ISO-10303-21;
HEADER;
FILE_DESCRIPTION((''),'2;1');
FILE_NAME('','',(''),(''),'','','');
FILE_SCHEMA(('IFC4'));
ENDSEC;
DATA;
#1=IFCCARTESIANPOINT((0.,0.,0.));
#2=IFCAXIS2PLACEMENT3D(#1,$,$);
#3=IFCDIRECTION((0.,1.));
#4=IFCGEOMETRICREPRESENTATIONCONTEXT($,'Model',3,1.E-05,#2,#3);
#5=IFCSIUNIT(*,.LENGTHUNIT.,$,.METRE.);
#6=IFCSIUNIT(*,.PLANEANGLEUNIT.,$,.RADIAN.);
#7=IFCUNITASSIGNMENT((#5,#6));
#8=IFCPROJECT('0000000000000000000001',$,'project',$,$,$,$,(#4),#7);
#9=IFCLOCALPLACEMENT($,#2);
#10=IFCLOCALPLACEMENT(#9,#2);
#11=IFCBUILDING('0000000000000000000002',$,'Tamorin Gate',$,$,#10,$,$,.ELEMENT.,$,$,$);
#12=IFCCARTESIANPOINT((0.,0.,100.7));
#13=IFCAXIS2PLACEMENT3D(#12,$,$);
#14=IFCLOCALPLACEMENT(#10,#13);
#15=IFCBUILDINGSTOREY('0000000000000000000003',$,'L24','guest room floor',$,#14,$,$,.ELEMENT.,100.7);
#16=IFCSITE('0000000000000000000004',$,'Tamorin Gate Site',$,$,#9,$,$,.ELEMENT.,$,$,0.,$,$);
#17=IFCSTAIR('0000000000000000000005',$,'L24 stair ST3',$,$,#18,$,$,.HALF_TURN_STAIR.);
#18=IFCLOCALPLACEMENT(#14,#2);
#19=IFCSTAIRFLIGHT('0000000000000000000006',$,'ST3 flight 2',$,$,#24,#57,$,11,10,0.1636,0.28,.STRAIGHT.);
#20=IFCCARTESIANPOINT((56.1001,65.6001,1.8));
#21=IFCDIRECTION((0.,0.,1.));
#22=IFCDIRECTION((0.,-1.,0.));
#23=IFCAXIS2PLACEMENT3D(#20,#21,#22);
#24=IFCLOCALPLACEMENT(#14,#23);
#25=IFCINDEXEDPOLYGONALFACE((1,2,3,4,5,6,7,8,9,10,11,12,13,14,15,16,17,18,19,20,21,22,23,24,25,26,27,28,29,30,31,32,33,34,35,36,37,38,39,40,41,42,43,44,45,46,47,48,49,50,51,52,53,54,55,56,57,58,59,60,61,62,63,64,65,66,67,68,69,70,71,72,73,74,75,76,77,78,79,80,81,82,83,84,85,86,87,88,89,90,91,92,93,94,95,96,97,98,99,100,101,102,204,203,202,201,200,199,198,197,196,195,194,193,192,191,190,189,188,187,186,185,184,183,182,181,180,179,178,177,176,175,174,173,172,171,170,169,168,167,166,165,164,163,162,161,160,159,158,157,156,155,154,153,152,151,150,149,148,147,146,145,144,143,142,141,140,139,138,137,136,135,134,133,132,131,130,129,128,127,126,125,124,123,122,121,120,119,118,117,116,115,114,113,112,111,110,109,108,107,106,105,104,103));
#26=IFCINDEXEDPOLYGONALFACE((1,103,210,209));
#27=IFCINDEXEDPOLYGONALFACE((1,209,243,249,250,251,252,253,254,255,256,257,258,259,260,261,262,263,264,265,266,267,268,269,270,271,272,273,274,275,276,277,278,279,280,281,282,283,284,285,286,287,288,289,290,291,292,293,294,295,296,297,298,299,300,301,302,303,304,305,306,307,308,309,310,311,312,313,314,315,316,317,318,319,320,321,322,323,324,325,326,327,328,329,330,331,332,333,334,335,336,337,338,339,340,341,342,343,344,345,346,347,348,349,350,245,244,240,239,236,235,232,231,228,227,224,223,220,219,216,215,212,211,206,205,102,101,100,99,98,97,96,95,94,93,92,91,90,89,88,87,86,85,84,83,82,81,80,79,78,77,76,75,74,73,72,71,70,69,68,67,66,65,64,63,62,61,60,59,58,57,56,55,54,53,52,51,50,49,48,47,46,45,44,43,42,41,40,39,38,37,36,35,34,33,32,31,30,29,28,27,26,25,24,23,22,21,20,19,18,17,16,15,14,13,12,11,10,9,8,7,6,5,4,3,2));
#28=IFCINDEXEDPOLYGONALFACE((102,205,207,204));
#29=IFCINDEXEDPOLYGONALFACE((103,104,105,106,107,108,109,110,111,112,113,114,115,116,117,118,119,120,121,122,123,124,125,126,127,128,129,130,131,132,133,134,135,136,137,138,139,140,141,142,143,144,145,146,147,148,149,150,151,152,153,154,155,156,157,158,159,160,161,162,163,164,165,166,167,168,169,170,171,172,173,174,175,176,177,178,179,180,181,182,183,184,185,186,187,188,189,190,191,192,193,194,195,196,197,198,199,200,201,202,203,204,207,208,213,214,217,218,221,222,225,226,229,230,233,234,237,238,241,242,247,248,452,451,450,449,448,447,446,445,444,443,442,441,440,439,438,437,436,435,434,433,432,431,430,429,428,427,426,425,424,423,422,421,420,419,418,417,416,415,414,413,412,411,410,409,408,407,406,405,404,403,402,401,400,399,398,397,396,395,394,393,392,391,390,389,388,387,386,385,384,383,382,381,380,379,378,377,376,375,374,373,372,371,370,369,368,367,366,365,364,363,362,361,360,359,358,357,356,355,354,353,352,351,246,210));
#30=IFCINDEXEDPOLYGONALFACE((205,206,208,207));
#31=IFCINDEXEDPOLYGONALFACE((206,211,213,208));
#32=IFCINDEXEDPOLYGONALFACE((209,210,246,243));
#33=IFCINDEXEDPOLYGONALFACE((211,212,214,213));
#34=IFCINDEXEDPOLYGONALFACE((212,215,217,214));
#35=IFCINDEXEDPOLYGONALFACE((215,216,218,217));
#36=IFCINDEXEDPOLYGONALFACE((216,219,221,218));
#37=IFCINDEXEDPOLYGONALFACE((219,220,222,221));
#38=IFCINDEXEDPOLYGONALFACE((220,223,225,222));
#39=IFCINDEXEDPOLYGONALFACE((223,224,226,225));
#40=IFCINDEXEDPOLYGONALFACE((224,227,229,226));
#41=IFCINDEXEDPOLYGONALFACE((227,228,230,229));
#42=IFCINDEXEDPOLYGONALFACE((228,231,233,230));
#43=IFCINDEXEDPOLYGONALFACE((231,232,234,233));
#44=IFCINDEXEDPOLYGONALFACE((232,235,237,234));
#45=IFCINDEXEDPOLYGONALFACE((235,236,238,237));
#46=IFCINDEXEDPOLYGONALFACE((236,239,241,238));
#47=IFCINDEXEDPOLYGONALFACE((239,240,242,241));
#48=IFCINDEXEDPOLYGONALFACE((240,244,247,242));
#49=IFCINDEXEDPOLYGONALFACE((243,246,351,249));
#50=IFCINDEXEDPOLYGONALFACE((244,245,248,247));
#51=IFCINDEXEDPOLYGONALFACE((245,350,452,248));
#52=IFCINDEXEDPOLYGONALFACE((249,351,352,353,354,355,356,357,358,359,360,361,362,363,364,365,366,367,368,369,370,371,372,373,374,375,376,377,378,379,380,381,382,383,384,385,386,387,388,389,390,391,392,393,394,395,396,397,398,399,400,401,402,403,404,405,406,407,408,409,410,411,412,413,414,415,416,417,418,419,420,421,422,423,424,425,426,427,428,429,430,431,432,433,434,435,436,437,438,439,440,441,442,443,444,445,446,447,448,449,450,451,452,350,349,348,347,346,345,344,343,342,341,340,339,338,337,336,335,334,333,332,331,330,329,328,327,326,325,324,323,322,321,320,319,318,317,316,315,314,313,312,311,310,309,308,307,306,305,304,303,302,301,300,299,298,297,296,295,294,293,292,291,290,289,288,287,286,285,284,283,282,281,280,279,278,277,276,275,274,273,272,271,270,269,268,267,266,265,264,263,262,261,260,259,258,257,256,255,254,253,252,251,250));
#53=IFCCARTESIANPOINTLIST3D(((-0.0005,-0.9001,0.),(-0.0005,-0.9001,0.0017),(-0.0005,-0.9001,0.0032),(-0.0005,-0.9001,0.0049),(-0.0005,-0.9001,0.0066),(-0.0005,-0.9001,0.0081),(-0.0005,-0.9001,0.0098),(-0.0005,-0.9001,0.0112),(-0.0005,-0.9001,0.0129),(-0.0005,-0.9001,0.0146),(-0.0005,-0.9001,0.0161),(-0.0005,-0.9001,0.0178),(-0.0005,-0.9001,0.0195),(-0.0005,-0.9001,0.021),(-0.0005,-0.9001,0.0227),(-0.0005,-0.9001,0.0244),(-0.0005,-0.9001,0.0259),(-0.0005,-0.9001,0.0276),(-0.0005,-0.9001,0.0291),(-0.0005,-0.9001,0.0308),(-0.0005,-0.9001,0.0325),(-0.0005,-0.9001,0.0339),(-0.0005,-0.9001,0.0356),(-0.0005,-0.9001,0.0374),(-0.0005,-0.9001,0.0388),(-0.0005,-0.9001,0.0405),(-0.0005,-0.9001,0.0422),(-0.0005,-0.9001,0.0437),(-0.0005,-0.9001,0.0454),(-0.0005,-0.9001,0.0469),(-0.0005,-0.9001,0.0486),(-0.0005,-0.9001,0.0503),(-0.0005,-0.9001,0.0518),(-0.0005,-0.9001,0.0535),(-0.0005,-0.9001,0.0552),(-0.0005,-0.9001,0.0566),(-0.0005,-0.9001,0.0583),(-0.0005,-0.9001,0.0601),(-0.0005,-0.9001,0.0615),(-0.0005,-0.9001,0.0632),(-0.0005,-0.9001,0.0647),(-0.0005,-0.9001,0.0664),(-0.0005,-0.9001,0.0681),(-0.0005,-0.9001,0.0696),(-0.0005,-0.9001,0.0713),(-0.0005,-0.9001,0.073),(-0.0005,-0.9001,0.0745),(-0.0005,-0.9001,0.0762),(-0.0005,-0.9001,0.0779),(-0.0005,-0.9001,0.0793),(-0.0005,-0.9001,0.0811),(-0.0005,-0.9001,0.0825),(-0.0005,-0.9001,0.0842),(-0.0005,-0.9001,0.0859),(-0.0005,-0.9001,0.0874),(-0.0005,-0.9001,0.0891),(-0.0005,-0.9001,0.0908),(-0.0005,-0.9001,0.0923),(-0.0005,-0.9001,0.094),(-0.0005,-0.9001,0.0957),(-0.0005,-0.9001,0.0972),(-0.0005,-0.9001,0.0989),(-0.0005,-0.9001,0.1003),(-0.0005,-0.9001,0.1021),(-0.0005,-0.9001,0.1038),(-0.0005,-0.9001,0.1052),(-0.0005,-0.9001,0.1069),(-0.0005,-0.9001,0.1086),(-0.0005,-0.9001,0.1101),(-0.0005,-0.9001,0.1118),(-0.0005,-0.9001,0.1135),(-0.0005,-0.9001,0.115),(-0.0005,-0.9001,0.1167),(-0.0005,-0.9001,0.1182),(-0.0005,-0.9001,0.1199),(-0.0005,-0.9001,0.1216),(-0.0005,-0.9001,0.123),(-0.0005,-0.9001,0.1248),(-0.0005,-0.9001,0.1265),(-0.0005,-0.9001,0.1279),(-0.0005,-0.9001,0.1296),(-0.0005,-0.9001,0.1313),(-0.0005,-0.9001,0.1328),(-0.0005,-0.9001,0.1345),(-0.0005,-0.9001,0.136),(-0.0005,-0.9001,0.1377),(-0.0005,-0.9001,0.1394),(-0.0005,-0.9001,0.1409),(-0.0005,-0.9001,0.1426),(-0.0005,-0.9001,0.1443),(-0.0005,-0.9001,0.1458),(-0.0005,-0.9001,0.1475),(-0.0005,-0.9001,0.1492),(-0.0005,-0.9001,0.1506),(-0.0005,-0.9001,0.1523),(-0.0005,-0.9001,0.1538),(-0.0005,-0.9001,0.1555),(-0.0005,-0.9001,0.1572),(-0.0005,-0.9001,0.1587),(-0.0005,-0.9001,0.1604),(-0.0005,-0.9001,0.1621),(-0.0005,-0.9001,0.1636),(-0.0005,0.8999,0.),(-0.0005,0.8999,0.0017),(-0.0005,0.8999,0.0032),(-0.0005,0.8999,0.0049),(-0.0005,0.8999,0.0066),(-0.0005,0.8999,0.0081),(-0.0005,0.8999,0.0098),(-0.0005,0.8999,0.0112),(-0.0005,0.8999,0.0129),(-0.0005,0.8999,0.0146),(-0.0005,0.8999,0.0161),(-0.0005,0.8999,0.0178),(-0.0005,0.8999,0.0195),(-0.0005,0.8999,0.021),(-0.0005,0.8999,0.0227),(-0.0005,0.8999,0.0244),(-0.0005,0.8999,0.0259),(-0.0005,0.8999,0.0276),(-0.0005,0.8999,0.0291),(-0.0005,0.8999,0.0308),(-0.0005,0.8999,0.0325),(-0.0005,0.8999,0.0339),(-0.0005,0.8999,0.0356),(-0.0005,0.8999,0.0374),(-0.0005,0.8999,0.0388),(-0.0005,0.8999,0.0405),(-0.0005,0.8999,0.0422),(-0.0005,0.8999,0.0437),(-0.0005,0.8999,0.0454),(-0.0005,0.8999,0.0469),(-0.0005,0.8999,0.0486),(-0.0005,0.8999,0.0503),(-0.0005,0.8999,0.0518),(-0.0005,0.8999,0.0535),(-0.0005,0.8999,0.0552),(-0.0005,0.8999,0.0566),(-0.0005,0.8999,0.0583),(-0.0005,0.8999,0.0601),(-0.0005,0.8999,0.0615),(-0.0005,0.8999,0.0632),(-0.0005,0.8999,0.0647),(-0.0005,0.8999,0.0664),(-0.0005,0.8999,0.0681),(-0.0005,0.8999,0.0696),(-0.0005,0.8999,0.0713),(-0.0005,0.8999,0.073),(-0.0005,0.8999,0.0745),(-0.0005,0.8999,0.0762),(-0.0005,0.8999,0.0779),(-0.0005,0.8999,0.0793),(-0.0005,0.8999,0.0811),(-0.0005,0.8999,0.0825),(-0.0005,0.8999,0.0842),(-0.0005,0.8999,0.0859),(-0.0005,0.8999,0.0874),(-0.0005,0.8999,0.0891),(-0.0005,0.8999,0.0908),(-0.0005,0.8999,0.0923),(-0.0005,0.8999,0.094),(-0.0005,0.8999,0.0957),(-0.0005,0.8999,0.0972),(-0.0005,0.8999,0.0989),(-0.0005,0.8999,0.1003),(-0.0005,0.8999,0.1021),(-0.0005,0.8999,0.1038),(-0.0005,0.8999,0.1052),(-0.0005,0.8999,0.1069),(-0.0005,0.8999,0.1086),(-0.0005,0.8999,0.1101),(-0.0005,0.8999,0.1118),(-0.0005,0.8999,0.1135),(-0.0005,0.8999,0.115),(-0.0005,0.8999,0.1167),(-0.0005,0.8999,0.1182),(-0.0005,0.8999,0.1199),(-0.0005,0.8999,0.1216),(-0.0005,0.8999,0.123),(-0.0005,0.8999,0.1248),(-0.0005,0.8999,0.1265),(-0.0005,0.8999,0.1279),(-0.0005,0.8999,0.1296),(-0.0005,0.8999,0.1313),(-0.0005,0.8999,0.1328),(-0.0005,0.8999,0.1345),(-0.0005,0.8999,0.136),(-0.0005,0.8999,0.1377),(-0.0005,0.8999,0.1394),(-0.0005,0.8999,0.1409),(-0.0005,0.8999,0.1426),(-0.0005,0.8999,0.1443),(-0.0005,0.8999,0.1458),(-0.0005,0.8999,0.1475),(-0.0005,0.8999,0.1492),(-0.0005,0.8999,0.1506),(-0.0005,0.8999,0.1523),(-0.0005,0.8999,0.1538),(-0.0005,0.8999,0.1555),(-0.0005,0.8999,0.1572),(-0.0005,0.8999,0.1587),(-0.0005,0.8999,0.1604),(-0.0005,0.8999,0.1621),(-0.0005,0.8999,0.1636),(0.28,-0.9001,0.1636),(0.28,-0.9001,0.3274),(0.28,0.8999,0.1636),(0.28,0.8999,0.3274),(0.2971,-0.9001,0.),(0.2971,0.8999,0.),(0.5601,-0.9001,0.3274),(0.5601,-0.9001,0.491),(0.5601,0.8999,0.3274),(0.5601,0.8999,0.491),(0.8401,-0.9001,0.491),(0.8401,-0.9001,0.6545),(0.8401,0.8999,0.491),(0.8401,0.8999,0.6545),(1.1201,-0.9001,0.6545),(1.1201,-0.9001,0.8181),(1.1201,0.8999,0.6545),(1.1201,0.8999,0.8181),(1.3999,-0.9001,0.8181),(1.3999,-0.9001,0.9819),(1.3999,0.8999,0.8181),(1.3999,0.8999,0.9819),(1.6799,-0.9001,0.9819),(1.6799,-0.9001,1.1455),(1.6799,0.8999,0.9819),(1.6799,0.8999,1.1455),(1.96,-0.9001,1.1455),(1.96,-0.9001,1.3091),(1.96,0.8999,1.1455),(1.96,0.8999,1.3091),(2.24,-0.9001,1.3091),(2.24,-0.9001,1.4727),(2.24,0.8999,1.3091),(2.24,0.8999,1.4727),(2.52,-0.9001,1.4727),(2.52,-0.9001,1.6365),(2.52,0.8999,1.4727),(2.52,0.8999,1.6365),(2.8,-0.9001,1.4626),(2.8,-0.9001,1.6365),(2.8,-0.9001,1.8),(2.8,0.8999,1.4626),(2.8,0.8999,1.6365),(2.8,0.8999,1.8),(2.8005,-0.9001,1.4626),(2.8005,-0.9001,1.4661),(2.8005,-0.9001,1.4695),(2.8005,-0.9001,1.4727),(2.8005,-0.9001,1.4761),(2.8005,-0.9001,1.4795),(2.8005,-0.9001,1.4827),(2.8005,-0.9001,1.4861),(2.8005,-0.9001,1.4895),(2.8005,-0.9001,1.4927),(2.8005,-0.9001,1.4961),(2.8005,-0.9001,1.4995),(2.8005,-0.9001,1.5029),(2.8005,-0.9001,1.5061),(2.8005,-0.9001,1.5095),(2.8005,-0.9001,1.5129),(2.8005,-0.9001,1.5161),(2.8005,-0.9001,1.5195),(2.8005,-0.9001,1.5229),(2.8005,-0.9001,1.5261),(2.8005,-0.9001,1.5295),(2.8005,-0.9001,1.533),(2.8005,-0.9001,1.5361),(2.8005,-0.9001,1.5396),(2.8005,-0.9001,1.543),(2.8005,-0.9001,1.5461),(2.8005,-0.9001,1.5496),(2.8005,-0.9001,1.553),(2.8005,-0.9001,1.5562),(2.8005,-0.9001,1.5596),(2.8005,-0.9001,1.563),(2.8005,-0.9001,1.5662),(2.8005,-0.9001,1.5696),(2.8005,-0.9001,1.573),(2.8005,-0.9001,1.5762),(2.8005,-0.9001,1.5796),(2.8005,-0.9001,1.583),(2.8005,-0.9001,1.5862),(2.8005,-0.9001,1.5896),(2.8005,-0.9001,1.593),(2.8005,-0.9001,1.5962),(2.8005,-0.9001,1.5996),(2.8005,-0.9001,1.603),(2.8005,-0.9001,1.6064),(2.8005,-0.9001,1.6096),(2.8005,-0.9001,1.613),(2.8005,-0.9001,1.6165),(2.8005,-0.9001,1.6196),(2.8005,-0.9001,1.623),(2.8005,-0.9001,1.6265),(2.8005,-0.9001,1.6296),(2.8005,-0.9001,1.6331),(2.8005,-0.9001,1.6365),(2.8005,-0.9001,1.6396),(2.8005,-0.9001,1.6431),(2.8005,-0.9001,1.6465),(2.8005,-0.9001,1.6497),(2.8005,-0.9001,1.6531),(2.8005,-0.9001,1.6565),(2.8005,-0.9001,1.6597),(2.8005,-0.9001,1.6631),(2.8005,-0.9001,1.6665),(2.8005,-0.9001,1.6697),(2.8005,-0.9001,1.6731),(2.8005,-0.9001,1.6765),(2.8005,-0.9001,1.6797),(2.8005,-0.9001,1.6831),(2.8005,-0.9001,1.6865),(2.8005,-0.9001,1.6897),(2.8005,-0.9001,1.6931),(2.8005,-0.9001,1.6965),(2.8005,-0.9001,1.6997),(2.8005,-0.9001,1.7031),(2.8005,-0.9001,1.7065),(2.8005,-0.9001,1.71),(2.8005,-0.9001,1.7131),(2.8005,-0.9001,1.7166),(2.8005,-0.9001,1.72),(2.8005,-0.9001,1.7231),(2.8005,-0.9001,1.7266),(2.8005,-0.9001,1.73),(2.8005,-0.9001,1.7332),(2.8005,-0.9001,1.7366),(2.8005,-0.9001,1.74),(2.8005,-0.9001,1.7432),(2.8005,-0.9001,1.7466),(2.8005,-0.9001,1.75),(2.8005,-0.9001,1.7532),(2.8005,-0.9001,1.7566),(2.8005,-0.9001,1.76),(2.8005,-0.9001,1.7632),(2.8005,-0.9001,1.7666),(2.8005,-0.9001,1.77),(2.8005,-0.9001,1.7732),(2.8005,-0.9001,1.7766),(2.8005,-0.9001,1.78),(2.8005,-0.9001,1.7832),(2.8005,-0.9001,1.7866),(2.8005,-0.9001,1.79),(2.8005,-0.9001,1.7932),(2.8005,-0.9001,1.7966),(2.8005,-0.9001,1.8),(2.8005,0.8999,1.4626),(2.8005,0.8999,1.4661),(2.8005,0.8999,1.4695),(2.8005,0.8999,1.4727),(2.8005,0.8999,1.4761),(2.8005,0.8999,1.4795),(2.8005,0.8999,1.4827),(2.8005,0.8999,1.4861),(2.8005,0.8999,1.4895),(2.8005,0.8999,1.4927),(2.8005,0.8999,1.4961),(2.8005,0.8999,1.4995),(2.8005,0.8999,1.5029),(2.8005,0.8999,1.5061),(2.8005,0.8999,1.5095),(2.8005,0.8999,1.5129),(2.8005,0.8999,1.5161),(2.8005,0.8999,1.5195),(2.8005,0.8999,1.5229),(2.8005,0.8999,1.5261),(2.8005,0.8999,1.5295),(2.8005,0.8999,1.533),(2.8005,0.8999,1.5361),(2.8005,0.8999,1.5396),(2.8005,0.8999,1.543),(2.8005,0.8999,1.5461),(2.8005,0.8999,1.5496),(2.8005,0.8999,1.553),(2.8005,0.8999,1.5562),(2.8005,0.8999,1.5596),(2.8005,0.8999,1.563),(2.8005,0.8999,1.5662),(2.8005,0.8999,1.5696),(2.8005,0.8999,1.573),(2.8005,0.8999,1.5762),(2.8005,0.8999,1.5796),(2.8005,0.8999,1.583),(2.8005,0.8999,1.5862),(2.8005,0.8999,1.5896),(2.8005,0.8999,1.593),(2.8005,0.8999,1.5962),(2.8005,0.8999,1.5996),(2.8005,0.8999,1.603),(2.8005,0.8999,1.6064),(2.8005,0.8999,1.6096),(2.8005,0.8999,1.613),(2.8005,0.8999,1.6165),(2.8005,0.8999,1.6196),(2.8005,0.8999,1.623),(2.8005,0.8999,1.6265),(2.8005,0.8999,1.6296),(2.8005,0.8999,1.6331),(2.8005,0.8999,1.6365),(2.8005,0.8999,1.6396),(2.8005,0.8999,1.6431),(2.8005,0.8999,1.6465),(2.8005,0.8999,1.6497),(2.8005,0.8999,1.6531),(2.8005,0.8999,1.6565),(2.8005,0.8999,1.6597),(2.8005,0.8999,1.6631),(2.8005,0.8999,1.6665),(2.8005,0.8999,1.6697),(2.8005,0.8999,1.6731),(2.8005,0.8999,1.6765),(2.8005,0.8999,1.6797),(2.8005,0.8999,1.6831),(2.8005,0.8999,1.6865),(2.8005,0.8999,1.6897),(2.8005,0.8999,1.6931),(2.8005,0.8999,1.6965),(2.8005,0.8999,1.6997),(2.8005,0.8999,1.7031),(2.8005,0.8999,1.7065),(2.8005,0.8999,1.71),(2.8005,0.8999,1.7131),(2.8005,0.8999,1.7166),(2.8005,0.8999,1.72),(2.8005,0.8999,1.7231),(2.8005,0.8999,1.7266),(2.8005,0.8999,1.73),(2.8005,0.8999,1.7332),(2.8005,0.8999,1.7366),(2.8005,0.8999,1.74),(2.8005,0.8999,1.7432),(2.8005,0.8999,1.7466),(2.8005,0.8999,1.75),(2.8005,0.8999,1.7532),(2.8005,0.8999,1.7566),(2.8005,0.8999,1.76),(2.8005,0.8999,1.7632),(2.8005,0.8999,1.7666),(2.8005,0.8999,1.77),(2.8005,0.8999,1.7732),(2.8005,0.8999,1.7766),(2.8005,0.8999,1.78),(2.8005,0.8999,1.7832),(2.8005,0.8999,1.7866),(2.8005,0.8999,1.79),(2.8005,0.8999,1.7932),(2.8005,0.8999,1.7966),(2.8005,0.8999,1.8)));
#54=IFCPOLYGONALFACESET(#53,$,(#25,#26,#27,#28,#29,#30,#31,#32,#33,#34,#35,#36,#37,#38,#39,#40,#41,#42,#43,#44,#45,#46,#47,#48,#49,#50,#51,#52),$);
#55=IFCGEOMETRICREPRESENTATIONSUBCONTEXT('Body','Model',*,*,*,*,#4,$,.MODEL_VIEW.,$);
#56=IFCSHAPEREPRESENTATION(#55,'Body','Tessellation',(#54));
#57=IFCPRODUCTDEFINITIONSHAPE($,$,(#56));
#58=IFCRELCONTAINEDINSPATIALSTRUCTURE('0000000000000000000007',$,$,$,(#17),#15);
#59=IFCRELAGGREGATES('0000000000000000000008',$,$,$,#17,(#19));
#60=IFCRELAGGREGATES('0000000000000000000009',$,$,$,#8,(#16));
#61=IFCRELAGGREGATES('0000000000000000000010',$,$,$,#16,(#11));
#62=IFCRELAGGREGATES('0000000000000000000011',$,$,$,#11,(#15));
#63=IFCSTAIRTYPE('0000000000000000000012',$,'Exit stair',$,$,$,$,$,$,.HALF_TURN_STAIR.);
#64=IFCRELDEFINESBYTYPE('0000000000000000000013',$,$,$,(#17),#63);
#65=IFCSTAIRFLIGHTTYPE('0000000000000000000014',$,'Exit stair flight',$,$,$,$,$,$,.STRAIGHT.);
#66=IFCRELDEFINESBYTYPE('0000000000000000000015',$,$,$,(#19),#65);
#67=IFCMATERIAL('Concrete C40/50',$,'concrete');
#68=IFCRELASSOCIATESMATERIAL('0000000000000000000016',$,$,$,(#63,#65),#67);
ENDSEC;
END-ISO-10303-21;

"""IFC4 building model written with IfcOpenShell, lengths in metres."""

from ifc_helpers import new_model, si_unit, direction, frame, origin, place, context, subcontext, project, spatial, polyline, outline, extrude, material, type_object, element, aggregate, save


model = new_model("IFC4")

# Units and contexts
model_context = context("Model", 3, precision=1e-05, world=origin(), true_north=direction((0.0, 1.0)))
body_context = subcontext(model_context, "Body", "Model", "MODEL_VIEW")
ifc_project = project(units=[si_unit("LENGTHUNIT", "METRE"), si_unit("PLANEANGLEUNIT", "RADIAN")], contexts=[model_context])

# Site, building, storey
site_placement = place(None, origin())
site = spatial("IfcSite", under=ifc_project, at=site_placement, Name="Tamorin Gate Site", CompositionType="ELEMENT", RefElevation=0.0)
building_placement = place(site_placement, origin())
building = spatial("IfcBuilding", under=site, at=building_placement, Name="Tamorin Gate", CompositionType="ELEMENT")
storey_placement = place(building_placement, frame((0.0, 0.0, 100.7)))
storey = spatial("IfcBuildingStorey", under=building, at=storey_placement, Name="L24", Description="guest room floor", CompositionType="ELEMENT", Elevation=100.7)

# Shared definitions
ifc_material_1 = material(Name="Concrete C40/50", Category="concrete")

# Stair, stair flight
stair_type = type_object("IfcStairType", Name="Exit stair", PredefinedType="HALF_TURN_STAIR", material=ifc_material_1)
stair_placement = place(storey_placement, origin())
stair = element("IfcStair", 1, at=stair_placement, inside=storey, type_object=stair_type, Name="L24 stair ST3", PredefinedType="HALF_TURN_STAIR")
stair_flight_type = type_object("IfcStairFlightType", Name="Exit stair flight", PredefinedType="STRAIGHT", material=ifc_material_1)
stair_flight_1_placement = place(storey_placement, frame((56.1001, 65.6001, 1.8), z_axis=(0.0, 0.0, 1.0), x_axis=(0.0, -1.0, 0.0)))
stair_flight_1 = element("IfcStairFlight", 2, at=stair_flight_1_placement, type_object=stair_flight_type, Name="ST3 flight 2", NumberOfRisers=11, NumberOfTreads=10, PredefinedType="STRAIGHT", RiserHeight=0.1636, TreadLength=0.28, context=body_context, shape_type="SweptSolid", body=[
    extrude(outline(polyline([(-0.0005, 0.0), (-0.0005, 0.0017), (-0.0005, 0.0032), (-0.0005, 0.0049), (-0.0005, 0.0066), (-0.0005, 0.0081), (-0.0005, 0.0098), (-0.0005, 0.0112), (-0.0005, 0.0129), (-0.0005, 0.0146), (-0.0005, 0.0161), (-0.0005, 0.0178), (-0.0005, 0.0195), (-0.0005, 0.021), (-0.0005, 0.0227), (-0.0005, 0.0244), (-0.0005, 0.0259), (-0.0005, 0.0276), (-0.0005, 0.0291), (-0.0005, 0.0308), (-0.0005, 0.0325), (-0.0005, 0.0339), (-0.0005, 0.0356), (-0.0005, 0.0374), (-0.0005, 0.0388), (-0.0005, 0.0405), (-0.0005, 0.0422), (-0.0005, 0.0437), (-0.0005, 0.0454), (-0.0005, 0.0469), (-0.0005, 0.0486), (-0.0005, 0.0503), (-0.0005, 0.0518), (-0.0005, 0.0535), (-0.0005, 0.0552), (-0.0005, 0.0566), (-0.0005, 0.0583), (-0.0005, 0.0601), (-0.0005, 0.0615), (-0.0005, 0.0632), (-0.0005, 0.0647), (-0.0005, 0.0664), (-0.0005, 0.0681), (-0.0005, 0.0696), (-0.0005, 0.0713), (-0.0005, 0.073), (-0.0005, 0.0745), (-0.0005, 0.0762), (-0.0005, 0.0779), (-0.0005, 0.0793), (-0.0005, 0.0811), (-0.0005, 0.0825), (-0.0005, 0.0842), (-0.0005, 0.0859), (-0.0005, 0.0874), (-0.0005, 0.0891), (-0.0005, 0.0908), (-0.0005, 0.0923), (-0.0005, 0.094), (-0.0005, 0.0957), (-0.0005, 0.0972), (-0.0005, 0.0989), (-0.0005, 0.1003), (-0.0005, 0.1021), (-0.0005, 0.1038), (-0.0005, 0.1052), (-0.0005, 0.1069), (-0.0005, 0.1086), (-0.0005, 0.1101), (-0.0005, 0.1118), (-0.0005, 0.1135), (-0.0005, 0.115), (-0.0005, 0.1167), (-0.0005, 0.1182), (-0.0005, 0.1199), (-0.0005, 0.1216), (-0.0005, 0.123), (-0.0005, 0.1248), (-0.0005, 0.1265), (-0.0005, 0.1279), (-0.0005, 0.1296), (-0.0005, 0.1313), (-0.0005, 0.1328), (-0.0005, 0.1345), (-0.0005, 0.136), (-0.0005, 0.1377), (-0.0005, 0.1394), (-0.0005, 0.1409), (-0.0005, 0.1426), (-0.0005, 0.1443), (-0.0005, 0.1458), (-0.0005, 0.1475), (-0.0005, 0.1492), (-0.0005, 0.1506), (-0.0005, 0.1523), (-0.0005, 0.1538), (-0.0005, 0.1555), (-0.0005, 0.1572), (-0.0005, 0.1587), (-0.0005, 0.1604), (-0.0005, 0.1621), (-0.0005, 0.1636), (0.28, 0.1636), (0.28, 0.3274), (0.5601, 0.3274), (0.5601, 0.491), (0.8401, 0.491), (0.8401, 0.6545), (1.1201, 0.6545), (1.1201, 0.8181), (1.3999, 0.8181), (1.3999, 0.9819), (1.6799, 0.9819), (1.6799, 1.1455), (1.96, 1.1455), (1.96, 1.3091), (2.24, 1.3091), (2.24, 1.4727), (2.52, 1.4727), (2.52, 1.6365), (2.8, 1.6365), (2.8, 1.8), (2.8005, 1.8), (2.8005, 1.7966), (2.8005, 1.7932), (2.8005, 1.79), (2.8005, 1.7866), (2.8005, 1.7832), (2.8005, 1.78), (2.8005, 1.7766), (2.8005, 1.7732), (2.8005, 1.77), (2.8005, 1.7666), (2.8005, 1.7632), (2.8005, 1.76), (2.8005, 1.7566), (2.8005, 1.7532), (2.8005, 1.75), (2.8005, 1.7466), (2.8005, 1.7432), (2.8005, 1.74), (2.8005, 1.7366), (2.8005, 1.7332), (2.8005, 1.73), (2.8005, 1.7266), (2.8005, 1.7231), (2.8005, 1.72), (2.8005, 1.7166), (2.8005, 1.7131), (2.8005, 1.71), (2.8005, 1.7065), (2.8005, 1.7031), (2.8005, 1.6997), (2.8005, 1.6965), (2.8005, 1.6931), (2.8005, 1.6897), (2.8005, 1.6865), (2.8005, 1.6831), (2.8005, 1.6797), (2.8005, 1.6765), (2.8005, 1.6731), (2.8005, 1.6697), (2.8005, 1.6665), (2.8005, 1.6631), (2.8005, 1.6597), (2.8005, 1.6565), (2.8005, 1.6531), (2.8005, 1.6497), (2.8005, 1.6465), (2.8005, 1.6431), (2.8005, 1.6396), (2.8005, 1.6365), (2.8005, 1.6331), (2.8005, 1.6296), (2.8005, 1.6265), (2.8005, 1.623), (2.8005, 1.6196), (2.8005, 1.6165), (2.8005, 1.613), (2.8005, 1.6096), (2.8005, 1.6064), (2.8005, 1.603), (2.8005, 1.5996), (2.8005, 1.5962), (2.8005, 1.593), (2.8005, 1.5896), (2.8005, 1.5862), (2.8005, 1.583), (2.8005, 1.5796), (2.8005, 1.5762), (2.8005, 1.573), (2.8005, 1.5696), (2.8005, 1.5662), (2.8005, 1.563), (2.8005, 1.5596), (2.8005, 1.5562), (2.8005, 1.553), (2.8005, 1.5496), (2.8005, 1.5461), (2.8005, 1.543), (2.8005, 1.5396), (2.8005, 1.5361), (2.8005, 1.533), (2.8005, 1.5295), (2.8005, 1.5261), (2.8005, 1.5229), (2.8005, 1.5195), (2.8005, 1.5161), (2.8005, 1.5129), (2.8005, 1.5095), (2.8005, 1.5061), (2.8005, 1.5029), (2.8005, 1.4995), (2.8005, 1.4961), (2.8005, 1.4927), (2.8005, 1.4895), (2.8005, 1.4861), (2.8005, 1.4827), (2.8005, 1.4795), (2.8005, 1.4761), (2.8005, 1.4727), (2.8005, 1.4695), (2.8005, 1.4661), (2.8005, 1.4626), (2.8, 1.4626), (0.2971, 0.0), (-0.0005, 0.0)])), frame((0.0, 0.8999, 0.0), z_axis=(0.0, -1.0, 0.0), x_axis=(1.0, 0.0, 0.0)), (0.0, 0.0, 1.0), 1.8),
])
aggregate(stair, [stair_flight_1])

save(model, "model.ifc")
